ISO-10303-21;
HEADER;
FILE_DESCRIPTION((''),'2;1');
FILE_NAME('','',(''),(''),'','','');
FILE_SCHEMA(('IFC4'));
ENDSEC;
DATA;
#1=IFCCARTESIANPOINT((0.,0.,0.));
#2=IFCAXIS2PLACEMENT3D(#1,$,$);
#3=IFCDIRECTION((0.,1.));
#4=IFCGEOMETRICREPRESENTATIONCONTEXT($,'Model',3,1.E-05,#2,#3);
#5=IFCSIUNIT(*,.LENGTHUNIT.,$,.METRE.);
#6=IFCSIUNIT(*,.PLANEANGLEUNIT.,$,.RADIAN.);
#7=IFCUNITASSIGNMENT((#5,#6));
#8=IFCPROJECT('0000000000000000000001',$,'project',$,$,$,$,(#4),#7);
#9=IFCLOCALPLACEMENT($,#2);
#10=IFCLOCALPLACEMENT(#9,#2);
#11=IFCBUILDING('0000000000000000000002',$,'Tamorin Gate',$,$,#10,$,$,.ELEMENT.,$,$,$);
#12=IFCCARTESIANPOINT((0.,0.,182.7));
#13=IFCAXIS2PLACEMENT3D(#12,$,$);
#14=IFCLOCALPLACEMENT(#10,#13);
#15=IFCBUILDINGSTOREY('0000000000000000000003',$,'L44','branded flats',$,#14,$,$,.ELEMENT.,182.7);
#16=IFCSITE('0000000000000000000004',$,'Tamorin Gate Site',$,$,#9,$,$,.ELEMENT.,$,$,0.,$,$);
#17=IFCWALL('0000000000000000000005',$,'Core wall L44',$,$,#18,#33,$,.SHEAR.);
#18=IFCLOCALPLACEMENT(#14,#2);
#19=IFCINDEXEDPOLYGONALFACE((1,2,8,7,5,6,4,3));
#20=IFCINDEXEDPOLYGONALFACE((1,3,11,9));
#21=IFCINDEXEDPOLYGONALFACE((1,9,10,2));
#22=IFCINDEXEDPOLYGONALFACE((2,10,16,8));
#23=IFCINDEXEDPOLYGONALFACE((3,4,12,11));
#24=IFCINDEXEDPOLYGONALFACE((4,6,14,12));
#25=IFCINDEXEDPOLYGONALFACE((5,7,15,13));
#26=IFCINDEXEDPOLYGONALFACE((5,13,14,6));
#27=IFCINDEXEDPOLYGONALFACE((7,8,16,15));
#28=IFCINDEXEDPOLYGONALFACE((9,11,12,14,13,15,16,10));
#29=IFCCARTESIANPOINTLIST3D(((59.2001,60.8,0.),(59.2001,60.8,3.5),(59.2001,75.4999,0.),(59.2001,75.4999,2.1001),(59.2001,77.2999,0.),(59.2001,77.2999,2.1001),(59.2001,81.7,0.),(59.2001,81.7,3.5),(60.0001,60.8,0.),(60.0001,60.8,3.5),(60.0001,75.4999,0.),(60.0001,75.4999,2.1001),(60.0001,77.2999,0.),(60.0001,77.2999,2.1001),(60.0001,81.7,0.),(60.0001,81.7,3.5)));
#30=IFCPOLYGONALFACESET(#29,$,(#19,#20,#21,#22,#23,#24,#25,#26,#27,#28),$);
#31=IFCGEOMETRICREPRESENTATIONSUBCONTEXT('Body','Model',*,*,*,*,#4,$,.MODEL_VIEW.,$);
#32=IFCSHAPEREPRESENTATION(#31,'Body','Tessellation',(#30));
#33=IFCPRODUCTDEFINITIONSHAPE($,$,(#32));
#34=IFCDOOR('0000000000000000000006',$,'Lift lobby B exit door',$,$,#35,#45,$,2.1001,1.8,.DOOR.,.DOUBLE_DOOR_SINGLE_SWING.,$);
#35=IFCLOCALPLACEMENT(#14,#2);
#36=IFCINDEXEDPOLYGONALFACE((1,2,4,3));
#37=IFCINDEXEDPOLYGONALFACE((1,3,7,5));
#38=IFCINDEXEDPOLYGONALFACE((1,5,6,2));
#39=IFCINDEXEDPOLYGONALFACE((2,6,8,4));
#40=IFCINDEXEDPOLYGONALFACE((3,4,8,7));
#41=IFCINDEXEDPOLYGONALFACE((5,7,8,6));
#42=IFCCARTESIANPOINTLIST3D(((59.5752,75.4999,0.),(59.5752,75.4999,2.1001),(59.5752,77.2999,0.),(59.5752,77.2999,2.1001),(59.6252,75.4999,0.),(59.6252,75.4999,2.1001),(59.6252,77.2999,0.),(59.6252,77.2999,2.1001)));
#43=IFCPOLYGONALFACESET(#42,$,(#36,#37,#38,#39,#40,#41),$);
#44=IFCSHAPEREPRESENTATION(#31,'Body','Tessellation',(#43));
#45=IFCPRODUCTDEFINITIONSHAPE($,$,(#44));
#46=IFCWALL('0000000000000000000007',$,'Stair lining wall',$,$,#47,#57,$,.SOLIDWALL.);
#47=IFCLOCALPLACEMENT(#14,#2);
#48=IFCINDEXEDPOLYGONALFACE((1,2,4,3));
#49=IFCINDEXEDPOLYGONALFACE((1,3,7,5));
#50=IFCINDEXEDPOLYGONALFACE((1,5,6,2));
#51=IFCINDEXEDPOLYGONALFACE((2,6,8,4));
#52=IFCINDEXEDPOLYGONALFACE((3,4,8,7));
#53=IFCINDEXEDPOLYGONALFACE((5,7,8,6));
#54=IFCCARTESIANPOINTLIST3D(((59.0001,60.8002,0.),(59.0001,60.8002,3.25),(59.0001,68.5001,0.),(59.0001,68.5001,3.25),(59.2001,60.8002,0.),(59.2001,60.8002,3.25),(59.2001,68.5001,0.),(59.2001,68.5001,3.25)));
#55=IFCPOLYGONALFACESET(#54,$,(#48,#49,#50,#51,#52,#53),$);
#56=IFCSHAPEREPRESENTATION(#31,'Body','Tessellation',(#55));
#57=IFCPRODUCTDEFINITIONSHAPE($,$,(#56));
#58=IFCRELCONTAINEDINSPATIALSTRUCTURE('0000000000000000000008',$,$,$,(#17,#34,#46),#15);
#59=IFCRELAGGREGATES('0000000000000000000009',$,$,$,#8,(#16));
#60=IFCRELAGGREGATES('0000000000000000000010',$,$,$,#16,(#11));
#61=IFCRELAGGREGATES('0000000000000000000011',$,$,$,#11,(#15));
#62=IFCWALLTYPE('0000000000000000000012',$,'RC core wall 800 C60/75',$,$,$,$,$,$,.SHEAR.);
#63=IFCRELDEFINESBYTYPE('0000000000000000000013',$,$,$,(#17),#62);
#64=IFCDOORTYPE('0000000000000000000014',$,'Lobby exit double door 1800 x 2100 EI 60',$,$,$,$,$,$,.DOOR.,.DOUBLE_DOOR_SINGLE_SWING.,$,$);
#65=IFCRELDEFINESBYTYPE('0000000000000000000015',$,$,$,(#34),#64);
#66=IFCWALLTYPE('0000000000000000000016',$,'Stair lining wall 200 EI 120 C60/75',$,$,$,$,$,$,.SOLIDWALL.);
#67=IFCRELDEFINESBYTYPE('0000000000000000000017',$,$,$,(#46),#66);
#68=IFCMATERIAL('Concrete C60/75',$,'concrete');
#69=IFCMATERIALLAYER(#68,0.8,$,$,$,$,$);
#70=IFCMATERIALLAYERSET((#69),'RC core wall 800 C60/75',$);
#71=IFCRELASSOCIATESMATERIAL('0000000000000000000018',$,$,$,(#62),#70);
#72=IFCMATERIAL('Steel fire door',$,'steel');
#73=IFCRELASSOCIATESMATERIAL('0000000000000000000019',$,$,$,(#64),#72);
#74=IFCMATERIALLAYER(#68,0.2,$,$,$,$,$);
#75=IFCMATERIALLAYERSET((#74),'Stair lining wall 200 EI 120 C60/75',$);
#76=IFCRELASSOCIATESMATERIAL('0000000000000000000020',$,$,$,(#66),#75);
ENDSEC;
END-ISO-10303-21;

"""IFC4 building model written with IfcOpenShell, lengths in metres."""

from ifc_helpers import new_model, si_unit, direction, frame, frame_2d, origin, place, context, subcontext, project, spatial, rectangle, extrude, material, layer, layer_set, type_object, element, fill, save


model = new_model("IFC4")

# Units and contexts
model_context = context("Model", 3, precision=1e-05, world=origin(), true_north=direction((0.0, 1.0)))
body_context = subcontext(model_context, "Body", "Model", "MODEL_VIEW")
ifc_project = project(units=[si_unit("LENGTHUNIT", "METRE"), si_unit("PLANEANGLEUNIT", "RADIAN")], contexts=[model_context])

# Site, building, storey
site_placement = place(None, origin())
site = spatial("IfcSite", under=ifc_project, at=site_placement, Name="Tamorin Gate Site", CompositionType="ELEMENT", RefElevation=0.0)
building_placement = place(site_placement, origin())
building = spatial("IfcBuilding", under=site, at=building_placement, Name="Tamorin Gate", CompositionType="ELEMENT")
storey_placement = place(building_placement, frame((0.0, 0.0, 182.7)))
storey = spatial("IfcBuildingStorey", under=building, at=storey_placement, Name="L44", Description="branded flats", CompositionType="ELEMENT", Elevation=182.7)

# Shared definitions
ifc_material_1 = material(Name="Concrete C60/75", Category="concrete")

# Wall, opening, door
ifc_layer_1 = layer(ifc_material_1, 0.8)
ifc_layer_set_1 = layer_set([ifc_layer_1], Name="RC core wall 800 C60/75")
wall_type_1 = type_object("IfcWallType", Name="RC core wall 800 C60/75", PredefinedType="SHEAR", material=ifc_layer_set_1)
wall_1_placement = place(storey_placement, frame((59.6001, 60.8, 0.0), z_axis=(0.0, 0.0, 1.0), x_axis=(0.0, 1.0, 0.0)))
wall_1 = element("IfcWall", 1, at=wall_1_placement, inside=storey, type_object=wall_type_1, Name="Core wall L44", PredefinedType="SHEAR", context=body_context, shape_type="SweptSolid", body=[
    extrude(rectangle(XDim=20.8999, YDim=0.8, at=frame_2d((10.45, 0.0))), origin(), (0.0, 0.0, 1.0), 3.5),
])
opening_1_placement = place(wall_1_placement, frame((14.7, 0.0, 0.0)))
opening_1 = element("IfcOpeningElement", 2, at=opening_1_placement, cuts=wall_1, PredefinedType="OPENING", context=body_context, shape_type="SweptSolid", body=[
    extrude(rectangle(XDim=1.8, YDim=2.1001, at=frame_2d((0.8999, 1.05))), frame((0.0, 0.4099, 0.0), z_axis=(0.0, -1.0, 0.0), x_axis=(1.0, 0.0, 0.0)), (0.0, 0.0, 1.0), 0.8201),
])
ifc_material_2 = material(Name="Steel fire door", Category="steel")
door_type_1 = type_object("IfcDoorType", Name="Lobby exit double door 1800 x 2100 EI 60", OperationType="DOUBLE_DOOR_SINGLE_SWING", PredefinedType="DOOR", material=ifc_material_2)
door_1_placement = place(opening_1_placement, origin())
door_1 = element("IfcDoor", 3, at=door_1_placement, inside=storey, type_object=door_type_1, Name="Lift lobby B exit door", OperationType="DOUBLE_DOOR_SINGLE_SWING", OverallHeight=2.1001, OverallWidth=1.8, PredefinedType="DOOR", context=body_context, shape_type="SweptSolid", body=[
    extrude(rectangle(XDim=1.8, YDim=2.1001, at=frame_2d((0.8999, 1.05))), frame((0.0, 0.0249, 0.0), z_axis=(0.0, -1.0, 0.0), x_axis=(1.0, 0.0, 0.0)), (0.0, 0.0, 1.0), 0.05),
])
fill(opening_1, door_1)

# Wall
ifc_layer_2 = layer(ifc_material_1, 0.2)
ifc_layer_set_2 = layer_set([ifc_layer_2], Name="Stair lining wall 200 EI 120 C60/75")
wall_type_2 = type_object("IfcWallType", Name="Stair lining wall 200 EI 120 C60/75", PredefinedType="SOLIDWALL", material=ifc_layer_set_2)
wall_2_placement = place(storey_placement, frame((59.1001, 60.8, 0.0), z_axis=(0.0, 0.0, 1.0), x_axis=(0.0, 1.0, 0.0)))
element("IfcWall", 4, at=wall_2_placement, inside=storey, type_object=wall_type_2, Name="Stair lining wall", PredefinedType="SOLIDWALL", context=body_context, shape_type="SweptSolid", body=[
    extrude(rectangle(XDim=7.7, YDim=0.2, at=frame_2d((3.8501, 0.0))), origin(), (0.0, 0.0, 1.0), 3.25),
])

save(model, "model.ifc")
